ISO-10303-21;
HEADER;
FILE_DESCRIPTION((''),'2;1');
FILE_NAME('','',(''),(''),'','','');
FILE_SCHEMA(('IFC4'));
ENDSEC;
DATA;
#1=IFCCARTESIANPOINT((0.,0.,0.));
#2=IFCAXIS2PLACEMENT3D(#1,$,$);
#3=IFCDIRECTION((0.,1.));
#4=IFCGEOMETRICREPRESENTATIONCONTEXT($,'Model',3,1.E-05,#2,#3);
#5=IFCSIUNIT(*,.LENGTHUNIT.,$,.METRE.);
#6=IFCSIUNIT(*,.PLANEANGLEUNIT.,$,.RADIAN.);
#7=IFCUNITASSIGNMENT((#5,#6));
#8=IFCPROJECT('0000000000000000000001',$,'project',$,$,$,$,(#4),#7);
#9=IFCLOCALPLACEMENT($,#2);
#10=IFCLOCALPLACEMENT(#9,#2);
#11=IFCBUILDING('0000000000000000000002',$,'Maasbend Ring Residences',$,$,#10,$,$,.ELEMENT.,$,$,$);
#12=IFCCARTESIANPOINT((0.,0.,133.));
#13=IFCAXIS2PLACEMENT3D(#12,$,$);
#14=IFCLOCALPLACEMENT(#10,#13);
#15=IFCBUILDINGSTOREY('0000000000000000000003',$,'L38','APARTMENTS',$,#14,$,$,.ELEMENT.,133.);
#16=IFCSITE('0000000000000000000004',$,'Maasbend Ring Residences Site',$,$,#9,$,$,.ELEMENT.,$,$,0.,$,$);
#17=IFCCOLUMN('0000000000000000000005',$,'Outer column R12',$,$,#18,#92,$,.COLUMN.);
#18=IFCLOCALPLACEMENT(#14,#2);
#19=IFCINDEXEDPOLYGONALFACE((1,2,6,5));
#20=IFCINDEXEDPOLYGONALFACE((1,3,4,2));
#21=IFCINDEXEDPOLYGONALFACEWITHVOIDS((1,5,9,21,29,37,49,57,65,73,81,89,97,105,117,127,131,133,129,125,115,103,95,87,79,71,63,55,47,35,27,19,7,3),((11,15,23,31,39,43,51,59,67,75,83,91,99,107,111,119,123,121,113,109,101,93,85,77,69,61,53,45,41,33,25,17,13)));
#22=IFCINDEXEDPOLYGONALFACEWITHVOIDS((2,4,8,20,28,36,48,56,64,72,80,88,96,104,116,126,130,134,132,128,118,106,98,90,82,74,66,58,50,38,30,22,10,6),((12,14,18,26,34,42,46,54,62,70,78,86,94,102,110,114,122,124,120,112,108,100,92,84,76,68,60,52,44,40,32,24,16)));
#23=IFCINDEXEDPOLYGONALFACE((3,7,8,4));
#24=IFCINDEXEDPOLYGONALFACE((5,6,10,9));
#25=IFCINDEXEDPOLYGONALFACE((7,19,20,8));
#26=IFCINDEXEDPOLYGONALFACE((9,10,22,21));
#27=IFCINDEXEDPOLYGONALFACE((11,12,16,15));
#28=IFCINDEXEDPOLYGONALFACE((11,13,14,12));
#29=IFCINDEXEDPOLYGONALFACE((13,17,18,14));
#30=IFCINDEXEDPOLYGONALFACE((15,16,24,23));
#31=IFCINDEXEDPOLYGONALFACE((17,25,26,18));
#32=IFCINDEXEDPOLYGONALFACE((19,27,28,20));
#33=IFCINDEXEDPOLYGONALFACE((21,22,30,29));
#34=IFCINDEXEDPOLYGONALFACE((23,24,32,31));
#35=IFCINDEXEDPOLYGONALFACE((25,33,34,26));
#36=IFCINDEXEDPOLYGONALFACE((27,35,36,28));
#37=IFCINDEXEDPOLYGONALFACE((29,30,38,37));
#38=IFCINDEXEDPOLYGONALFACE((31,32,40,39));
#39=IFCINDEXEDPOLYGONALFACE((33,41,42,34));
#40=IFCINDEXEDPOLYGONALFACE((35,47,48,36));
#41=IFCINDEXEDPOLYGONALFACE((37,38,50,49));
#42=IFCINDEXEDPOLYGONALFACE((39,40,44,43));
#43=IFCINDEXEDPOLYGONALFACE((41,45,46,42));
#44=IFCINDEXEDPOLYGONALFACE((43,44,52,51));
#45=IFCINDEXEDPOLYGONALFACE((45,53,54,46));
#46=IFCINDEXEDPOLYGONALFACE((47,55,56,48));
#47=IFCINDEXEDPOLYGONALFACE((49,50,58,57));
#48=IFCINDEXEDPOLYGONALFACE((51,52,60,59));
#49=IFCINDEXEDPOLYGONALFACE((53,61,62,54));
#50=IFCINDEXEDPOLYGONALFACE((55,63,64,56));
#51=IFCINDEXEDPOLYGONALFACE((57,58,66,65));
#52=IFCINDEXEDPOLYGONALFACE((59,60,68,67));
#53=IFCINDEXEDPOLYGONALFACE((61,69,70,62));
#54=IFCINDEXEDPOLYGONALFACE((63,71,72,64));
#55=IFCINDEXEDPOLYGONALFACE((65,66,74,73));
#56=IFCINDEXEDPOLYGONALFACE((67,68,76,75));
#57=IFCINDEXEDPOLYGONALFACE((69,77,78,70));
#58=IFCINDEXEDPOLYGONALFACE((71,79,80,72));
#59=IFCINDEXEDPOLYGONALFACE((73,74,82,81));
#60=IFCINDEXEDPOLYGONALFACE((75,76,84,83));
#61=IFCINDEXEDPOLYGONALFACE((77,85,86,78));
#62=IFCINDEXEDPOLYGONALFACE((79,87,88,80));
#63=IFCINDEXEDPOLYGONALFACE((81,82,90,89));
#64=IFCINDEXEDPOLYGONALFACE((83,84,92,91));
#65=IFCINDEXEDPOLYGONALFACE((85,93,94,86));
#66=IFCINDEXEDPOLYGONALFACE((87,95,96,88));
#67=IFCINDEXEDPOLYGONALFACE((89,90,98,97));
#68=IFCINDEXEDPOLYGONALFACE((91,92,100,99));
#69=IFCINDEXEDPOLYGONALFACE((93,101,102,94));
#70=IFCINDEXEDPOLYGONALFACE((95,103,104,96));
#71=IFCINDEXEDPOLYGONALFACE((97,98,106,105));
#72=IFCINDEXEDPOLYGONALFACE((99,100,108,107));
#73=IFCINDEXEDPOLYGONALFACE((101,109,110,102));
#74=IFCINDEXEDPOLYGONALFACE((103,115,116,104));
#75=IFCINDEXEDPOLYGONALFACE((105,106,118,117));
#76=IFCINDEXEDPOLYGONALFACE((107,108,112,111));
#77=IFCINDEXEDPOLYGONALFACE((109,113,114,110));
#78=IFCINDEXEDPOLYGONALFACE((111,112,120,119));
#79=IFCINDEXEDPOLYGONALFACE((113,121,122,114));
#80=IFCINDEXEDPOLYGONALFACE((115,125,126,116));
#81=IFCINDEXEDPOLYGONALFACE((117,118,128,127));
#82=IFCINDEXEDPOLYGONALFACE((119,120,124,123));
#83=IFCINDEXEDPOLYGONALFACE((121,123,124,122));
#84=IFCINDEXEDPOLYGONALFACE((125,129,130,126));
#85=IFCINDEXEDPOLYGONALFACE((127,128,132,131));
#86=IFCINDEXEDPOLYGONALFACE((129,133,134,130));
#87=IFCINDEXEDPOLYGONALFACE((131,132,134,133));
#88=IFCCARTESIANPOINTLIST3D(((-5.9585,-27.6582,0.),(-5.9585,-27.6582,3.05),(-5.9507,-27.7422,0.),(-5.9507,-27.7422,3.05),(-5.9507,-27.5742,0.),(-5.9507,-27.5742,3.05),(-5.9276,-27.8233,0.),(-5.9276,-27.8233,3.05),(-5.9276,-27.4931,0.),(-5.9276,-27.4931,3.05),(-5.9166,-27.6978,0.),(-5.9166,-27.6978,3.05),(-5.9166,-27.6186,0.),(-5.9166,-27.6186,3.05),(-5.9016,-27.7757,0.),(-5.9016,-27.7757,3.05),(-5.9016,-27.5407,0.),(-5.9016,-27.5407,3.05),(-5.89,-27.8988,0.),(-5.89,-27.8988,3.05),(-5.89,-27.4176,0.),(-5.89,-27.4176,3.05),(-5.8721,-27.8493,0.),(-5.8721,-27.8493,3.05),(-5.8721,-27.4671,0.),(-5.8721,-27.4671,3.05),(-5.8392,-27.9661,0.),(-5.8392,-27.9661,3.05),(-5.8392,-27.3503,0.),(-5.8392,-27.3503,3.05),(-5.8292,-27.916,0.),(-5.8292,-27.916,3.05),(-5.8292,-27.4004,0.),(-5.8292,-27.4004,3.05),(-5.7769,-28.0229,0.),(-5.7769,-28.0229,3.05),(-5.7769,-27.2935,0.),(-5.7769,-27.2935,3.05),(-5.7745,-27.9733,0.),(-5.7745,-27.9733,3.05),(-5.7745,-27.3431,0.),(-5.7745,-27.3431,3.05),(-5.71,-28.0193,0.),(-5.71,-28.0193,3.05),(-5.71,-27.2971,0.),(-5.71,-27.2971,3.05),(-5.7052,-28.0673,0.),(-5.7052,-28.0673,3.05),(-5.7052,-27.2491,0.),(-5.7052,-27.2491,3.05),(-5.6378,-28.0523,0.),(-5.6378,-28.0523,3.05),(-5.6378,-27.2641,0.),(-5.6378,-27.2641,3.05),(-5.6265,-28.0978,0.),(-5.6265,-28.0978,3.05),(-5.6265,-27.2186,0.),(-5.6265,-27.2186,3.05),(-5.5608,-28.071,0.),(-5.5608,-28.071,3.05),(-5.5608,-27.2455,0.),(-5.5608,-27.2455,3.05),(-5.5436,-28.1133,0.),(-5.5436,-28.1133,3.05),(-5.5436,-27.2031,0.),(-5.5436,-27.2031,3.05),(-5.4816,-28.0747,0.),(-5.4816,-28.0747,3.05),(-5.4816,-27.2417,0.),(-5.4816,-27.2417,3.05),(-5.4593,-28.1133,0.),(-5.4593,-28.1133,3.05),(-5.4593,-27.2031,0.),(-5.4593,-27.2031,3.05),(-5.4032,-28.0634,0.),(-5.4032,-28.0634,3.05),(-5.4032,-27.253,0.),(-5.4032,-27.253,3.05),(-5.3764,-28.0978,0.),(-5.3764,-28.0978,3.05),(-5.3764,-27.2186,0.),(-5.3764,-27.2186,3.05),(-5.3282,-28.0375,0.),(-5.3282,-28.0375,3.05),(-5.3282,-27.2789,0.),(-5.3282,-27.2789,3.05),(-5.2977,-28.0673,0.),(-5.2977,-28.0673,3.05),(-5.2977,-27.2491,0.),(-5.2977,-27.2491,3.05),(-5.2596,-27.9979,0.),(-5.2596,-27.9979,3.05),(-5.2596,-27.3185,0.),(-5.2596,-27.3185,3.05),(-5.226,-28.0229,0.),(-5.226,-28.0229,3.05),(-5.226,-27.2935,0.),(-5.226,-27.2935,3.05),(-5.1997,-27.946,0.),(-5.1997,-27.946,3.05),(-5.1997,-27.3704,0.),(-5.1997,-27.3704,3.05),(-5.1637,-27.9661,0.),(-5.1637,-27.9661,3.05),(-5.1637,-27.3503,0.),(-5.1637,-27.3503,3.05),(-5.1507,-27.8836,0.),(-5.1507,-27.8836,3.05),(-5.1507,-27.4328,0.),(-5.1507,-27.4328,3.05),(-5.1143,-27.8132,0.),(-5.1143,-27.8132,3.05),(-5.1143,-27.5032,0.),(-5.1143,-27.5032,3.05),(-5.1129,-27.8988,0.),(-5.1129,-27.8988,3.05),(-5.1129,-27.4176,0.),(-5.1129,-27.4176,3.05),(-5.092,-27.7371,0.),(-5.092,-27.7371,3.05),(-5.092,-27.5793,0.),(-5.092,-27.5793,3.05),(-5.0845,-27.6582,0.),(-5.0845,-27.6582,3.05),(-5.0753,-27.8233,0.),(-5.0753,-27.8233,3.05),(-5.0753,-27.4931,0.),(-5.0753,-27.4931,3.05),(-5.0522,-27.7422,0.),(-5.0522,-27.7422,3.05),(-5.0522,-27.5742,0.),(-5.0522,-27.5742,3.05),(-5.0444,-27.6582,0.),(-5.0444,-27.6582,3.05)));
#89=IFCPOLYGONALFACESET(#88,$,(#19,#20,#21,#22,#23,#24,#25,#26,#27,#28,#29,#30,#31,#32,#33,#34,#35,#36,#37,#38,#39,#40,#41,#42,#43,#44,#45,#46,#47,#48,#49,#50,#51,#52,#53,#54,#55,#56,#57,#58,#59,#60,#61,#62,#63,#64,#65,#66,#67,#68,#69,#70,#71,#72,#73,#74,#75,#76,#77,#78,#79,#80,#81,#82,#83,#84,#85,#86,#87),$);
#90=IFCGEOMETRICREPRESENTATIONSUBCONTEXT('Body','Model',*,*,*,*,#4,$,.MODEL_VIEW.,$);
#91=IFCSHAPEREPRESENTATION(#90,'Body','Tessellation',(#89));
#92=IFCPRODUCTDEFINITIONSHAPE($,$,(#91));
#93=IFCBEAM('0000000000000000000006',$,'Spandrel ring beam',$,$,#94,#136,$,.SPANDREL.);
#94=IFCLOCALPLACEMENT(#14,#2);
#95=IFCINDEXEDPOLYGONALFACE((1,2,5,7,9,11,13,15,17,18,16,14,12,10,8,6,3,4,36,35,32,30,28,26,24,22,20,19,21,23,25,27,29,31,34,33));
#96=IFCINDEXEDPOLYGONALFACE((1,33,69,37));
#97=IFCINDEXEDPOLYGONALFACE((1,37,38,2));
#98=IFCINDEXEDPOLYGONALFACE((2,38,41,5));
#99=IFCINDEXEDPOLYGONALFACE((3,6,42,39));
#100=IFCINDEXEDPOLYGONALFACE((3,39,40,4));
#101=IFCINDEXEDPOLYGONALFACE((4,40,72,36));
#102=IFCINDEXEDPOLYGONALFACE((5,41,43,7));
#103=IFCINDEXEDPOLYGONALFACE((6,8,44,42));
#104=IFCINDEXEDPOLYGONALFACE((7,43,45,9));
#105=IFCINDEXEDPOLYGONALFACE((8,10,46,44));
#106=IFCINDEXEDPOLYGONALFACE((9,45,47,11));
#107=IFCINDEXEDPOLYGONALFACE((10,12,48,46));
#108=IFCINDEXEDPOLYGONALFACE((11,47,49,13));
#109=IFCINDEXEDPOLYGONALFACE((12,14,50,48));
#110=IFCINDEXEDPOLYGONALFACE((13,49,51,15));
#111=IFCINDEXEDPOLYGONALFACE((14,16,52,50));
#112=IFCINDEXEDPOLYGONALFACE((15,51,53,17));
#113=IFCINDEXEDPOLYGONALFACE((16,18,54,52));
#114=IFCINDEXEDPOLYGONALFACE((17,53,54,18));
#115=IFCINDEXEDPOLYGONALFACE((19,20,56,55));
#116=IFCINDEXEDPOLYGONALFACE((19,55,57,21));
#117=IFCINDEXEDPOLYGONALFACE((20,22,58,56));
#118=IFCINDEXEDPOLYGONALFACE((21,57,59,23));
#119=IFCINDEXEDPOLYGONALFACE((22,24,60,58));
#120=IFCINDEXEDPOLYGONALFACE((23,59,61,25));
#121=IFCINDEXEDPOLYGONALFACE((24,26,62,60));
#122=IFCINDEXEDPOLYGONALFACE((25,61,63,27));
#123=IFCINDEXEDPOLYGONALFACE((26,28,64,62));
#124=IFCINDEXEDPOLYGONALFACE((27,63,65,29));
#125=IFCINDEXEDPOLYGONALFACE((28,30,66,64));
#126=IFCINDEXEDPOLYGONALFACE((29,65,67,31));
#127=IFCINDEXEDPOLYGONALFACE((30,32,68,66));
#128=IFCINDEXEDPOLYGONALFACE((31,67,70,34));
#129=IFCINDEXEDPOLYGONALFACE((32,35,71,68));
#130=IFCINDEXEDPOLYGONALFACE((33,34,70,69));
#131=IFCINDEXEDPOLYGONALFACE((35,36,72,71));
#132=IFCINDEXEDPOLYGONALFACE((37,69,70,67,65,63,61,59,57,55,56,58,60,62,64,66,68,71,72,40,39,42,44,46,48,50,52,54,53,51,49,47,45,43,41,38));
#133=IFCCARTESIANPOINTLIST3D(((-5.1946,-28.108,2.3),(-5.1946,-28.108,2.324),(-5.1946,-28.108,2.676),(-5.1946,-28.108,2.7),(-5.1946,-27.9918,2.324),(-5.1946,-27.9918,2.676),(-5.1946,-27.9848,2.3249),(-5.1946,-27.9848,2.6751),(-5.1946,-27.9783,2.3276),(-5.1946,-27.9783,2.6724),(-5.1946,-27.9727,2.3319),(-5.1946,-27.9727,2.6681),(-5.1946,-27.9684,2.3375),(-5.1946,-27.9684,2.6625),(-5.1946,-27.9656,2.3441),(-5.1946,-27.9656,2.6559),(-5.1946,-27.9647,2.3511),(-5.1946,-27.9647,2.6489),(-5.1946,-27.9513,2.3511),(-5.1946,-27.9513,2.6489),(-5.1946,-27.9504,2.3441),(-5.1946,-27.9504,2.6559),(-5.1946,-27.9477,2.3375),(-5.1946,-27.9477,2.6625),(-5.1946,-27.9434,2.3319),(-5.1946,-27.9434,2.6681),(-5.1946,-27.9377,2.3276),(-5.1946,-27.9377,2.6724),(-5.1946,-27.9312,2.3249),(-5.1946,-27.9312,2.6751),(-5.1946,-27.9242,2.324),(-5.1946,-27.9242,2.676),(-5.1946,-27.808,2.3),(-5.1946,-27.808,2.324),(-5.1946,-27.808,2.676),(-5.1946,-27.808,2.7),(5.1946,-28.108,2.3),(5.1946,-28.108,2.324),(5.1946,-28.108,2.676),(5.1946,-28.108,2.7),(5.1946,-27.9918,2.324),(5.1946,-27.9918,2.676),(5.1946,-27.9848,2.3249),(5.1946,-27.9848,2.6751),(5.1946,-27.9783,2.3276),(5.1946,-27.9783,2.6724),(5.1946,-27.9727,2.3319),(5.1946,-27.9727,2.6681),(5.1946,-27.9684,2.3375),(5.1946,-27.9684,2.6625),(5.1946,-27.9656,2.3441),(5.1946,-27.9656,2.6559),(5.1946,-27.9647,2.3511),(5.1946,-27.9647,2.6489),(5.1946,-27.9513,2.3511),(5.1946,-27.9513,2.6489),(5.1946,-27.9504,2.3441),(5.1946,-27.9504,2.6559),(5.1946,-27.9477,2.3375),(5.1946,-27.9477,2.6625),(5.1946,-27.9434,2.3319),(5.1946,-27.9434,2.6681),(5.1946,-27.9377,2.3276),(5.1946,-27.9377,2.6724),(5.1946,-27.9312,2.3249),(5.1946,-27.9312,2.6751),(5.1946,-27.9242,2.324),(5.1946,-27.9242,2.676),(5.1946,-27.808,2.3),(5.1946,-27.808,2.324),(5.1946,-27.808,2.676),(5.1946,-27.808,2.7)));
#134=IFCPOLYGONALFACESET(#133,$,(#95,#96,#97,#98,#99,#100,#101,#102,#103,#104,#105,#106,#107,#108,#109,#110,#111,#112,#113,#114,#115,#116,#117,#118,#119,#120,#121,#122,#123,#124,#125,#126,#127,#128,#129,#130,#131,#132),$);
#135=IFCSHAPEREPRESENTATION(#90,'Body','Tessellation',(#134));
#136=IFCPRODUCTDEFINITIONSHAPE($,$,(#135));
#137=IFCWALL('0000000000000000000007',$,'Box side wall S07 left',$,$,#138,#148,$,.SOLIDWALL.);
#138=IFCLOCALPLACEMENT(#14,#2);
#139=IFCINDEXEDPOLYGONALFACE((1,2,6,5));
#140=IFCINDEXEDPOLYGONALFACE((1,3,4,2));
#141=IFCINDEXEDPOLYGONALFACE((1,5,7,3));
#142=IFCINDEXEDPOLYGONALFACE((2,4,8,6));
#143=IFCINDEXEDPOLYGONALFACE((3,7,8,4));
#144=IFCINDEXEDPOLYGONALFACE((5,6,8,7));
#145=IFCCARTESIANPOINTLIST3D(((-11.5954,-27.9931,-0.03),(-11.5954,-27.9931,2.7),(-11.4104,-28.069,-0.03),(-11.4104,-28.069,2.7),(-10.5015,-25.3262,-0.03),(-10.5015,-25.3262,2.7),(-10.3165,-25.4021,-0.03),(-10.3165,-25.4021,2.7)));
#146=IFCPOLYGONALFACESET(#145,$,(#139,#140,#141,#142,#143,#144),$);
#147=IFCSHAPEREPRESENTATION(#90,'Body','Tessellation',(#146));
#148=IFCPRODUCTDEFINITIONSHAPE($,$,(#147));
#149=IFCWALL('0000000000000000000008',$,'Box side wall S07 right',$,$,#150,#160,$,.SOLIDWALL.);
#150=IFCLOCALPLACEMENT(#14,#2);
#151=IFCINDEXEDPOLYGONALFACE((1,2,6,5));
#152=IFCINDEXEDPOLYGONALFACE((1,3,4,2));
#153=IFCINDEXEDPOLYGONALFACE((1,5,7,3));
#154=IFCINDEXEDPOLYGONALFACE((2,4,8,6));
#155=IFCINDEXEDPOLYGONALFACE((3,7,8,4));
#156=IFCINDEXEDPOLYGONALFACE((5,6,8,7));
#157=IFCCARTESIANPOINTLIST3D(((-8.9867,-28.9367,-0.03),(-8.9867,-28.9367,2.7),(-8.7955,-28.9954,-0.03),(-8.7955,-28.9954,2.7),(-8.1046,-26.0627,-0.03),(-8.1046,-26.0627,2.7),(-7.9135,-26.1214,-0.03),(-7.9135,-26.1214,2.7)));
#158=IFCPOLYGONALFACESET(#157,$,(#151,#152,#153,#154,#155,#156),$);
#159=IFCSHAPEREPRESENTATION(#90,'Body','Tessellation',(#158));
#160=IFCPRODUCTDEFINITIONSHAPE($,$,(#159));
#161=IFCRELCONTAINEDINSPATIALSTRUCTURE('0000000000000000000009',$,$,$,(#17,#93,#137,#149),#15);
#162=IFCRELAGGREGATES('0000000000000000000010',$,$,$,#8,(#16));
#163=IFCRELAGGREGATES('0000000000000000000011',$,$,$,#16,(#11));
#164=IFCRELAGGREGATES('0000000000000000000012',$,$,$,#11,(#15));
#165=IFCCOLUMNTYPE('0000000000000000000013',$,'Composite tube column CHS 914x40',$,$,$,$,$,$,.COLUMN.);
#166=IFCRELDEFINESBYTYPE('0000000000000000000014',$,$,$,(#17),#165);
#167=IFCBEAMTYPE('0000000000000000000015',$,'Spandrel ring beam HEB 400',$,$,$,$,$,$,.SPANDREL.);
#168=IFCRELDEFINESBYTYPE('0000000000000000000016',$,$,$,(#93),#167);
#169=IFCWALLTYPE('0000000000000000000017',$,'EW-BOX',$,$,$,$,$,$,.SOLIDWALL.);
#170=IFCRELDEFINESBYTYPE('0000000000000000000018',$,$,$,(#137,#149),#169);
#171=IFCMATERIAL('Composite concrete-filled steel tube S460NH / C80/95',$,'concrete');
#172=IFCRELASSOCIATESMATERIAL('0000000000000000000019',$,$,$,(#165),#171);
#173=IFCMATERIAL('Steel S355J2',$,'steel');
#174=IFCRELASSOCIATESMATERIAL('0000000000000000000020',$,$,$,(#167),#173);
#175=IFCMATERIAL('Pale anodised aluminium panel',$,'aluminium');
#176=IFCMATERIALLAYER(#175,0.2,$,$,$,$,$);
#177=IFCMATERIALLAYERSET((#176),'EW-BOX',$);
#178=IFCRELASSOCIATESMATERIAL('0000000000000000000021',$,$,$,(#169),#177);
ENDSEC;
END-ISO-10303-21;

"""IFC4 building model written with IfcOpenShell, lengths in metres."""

from ifc_helpers import new_model, si_unit, direction, frame, frame_2d, origin, origin_2d, place, context, subcontext, project, spatial, rectangle, hollow_circle, i_section, extrude, material, layer, layer_set, material_profile, profile_set, type_object, element, save


model = new_model("IFC4")

# Units and contexts
model_context = context("Model", 3, precision=1e-05, world=origin(), true_north=direction((0.0, 1.0)))
body_context = subcontext(model_context, "Body", "Model", "MODEL_VIEW")
ifc_project = project(units=[si_unit("LENGTHUNIT", "METRE"), si_unit("PLANEANGLEUNIT", "RADIAN")], contexts=[model_context])

# Site, building, storey
site_placement = place(None, origin())
site = spatial("IfcSite", under=ifc_project, at=site_placement, Name="Maasbend Ring Residences Site", CompositionType="ELEMENT", RefElevation=0.0)
building_placement = place(site_placement, origin())
building = spatial("IfcBuilding", under=site, at=building_placement, Name="Maasbend Ring Residences", CompositionType="ELEMENT")
storey_placement = place(building_placement, frame((0.0, 0.0, 133.0)))
storey = spatial("IfcBuildingStorey", under=building, at=storey_placement, Name="L38", Description="APARTMENTS", CompositionType="ELEMENT", Elevation=133.0)

# Column
ifc_material_1 = material(Name="Composite concrete-filled steel tube S460NH / C80/95", Category="concrete")
ifc_material_profile_1 = material_profile(ifc_material_1, hollow_circle(Radius=0.457, WallThickness=0.04, at=origin_2d()), Name="Composite tube column CHS 914x40")
ifc_profile_set_1 = profile_set([ifc_material_profile_1], Name="Composite concrete-filled steel tube S460NH / C80/95")
column_type = type_object("IfcColumnType", Name="Composite tube column CHS 914x40", PredefinedType="COLUMN", material=ifc_profile_set_1)
column_placement = place(storey_placement, frame((-5.5015, -27.6582, 0.0), z_axis=(0.0, 0.0, 1.0), x_axis=(1.0, 0.0, 0.0)))
element("IfcColumn", 1, at=column_placement, inside=storey, type_object=column_type, Name="Outer column R12", PredefinedType="COLUMN", context=body_context, shape_type="SweptSolid", body=[
    extrude(hollow_circle(Radius=0.457, WallThickness=0.04, at=origin_2d()), origin(), (0.0, 0.0, 1.0), 3.05),
])

# Beam
ifc_material_2 = material(Name="Steel S355J2", Category="steel")
ifc_material_profile_2 = material_profile(ifc_material_2, i_section(OverallWidth=0.3, OverallDepth=0.3999, WebThickness=0.0134, FlangeThickness=0.0239, FilletRadius=0.0271, at=origin_2d()), Name="HEB 400")
ifc_profile_set_2 = profile_set([ifc_material_profile_2], Name="Steel S355J2")
beam_type = type_object("IfcBeamType", Name="Spandrel ring beam HEB 400", PredefinedType="SPANDREL", material=ifc_profile_set_2)
beam_placement = place(storey_placement, frame((-5.1946, -27.958, 2.5), z_axis=(1.0, 0.0, 0.0), x_axis=(0.0, 1.0, 0.0)))
element("IfcBeam", 2, at=beam_placement, inside=storey, type_object=beam_type, Name="Spandrel ring beam", PredefinedType="SPANDREL", context=body_context, shape_type="SweptSolid", body=[
    extrude(i_section(OverallWidth=0.3, OverallDepth=0.3999, WebThickness=0.0134, FlangeThickness=0.0239, FilletRadius=0.0271, at=origin_2d()), origin(), (0.0, 0.0, 1.0), 10.3892),
])

# Walls
ifc_material_3 = material(Name="Pale anodised aluminium panel", Category="aluminium")
ifc_layer_1 = layer(ifc_material_3, 0.2)
ifc_layer_set_1 = layer_set([ifc_layer_1], Name="EW-BOX")
wall_type_1 = type_object("IfcWallType", Name="EW-BOX", PredefinedType="SOLIDWALL", material=ifc_layer_set_1)
wall_1_placement = place(storey_placement, frame((-10.4089, -25.364, -0.03), z_axis=(0.0, 0.0, 1.0), x_axis=(-0.37951, -0.925188, 0.0)))
element("IfcWall", 3, at=wall_1_placement, inside=storey, type_object=wall_type_1, Name="Box side wall S07 left", PredefinedType="SOLIDWALL", context=body_context, shape_type="SweptSolid", body=[
    extrude(rectangle(XDim=2.8826, YDim=0.2, at=frame_2d((1.4414, 0.0))), origin(), (0.0, 0.0, 1.0), 2.73),
])
wall_2_placement = place(storey_placement, frame((-8.009, -26.092, -0.03), z_axis=(0.0, 0.0, 1.0), x_axis=(-0.293407, -0.955988, 0.0)))
element("IfcWall", 4, at=wall_2_placement, inside=storey, type_object=wall_type_1, Name="Box side wall S07 right", PredefinedType="SOLIDWALL", context=body_context, shape_type="SweptSolid", body=[
    extrude(rectangle(XDim=3.0063, YDim=0.2, at=frame_2d((1.5032, 0.0))), origin(), (0.0, 0.0, 1.0), 2.73),
])

save(model, "model.ifc")
